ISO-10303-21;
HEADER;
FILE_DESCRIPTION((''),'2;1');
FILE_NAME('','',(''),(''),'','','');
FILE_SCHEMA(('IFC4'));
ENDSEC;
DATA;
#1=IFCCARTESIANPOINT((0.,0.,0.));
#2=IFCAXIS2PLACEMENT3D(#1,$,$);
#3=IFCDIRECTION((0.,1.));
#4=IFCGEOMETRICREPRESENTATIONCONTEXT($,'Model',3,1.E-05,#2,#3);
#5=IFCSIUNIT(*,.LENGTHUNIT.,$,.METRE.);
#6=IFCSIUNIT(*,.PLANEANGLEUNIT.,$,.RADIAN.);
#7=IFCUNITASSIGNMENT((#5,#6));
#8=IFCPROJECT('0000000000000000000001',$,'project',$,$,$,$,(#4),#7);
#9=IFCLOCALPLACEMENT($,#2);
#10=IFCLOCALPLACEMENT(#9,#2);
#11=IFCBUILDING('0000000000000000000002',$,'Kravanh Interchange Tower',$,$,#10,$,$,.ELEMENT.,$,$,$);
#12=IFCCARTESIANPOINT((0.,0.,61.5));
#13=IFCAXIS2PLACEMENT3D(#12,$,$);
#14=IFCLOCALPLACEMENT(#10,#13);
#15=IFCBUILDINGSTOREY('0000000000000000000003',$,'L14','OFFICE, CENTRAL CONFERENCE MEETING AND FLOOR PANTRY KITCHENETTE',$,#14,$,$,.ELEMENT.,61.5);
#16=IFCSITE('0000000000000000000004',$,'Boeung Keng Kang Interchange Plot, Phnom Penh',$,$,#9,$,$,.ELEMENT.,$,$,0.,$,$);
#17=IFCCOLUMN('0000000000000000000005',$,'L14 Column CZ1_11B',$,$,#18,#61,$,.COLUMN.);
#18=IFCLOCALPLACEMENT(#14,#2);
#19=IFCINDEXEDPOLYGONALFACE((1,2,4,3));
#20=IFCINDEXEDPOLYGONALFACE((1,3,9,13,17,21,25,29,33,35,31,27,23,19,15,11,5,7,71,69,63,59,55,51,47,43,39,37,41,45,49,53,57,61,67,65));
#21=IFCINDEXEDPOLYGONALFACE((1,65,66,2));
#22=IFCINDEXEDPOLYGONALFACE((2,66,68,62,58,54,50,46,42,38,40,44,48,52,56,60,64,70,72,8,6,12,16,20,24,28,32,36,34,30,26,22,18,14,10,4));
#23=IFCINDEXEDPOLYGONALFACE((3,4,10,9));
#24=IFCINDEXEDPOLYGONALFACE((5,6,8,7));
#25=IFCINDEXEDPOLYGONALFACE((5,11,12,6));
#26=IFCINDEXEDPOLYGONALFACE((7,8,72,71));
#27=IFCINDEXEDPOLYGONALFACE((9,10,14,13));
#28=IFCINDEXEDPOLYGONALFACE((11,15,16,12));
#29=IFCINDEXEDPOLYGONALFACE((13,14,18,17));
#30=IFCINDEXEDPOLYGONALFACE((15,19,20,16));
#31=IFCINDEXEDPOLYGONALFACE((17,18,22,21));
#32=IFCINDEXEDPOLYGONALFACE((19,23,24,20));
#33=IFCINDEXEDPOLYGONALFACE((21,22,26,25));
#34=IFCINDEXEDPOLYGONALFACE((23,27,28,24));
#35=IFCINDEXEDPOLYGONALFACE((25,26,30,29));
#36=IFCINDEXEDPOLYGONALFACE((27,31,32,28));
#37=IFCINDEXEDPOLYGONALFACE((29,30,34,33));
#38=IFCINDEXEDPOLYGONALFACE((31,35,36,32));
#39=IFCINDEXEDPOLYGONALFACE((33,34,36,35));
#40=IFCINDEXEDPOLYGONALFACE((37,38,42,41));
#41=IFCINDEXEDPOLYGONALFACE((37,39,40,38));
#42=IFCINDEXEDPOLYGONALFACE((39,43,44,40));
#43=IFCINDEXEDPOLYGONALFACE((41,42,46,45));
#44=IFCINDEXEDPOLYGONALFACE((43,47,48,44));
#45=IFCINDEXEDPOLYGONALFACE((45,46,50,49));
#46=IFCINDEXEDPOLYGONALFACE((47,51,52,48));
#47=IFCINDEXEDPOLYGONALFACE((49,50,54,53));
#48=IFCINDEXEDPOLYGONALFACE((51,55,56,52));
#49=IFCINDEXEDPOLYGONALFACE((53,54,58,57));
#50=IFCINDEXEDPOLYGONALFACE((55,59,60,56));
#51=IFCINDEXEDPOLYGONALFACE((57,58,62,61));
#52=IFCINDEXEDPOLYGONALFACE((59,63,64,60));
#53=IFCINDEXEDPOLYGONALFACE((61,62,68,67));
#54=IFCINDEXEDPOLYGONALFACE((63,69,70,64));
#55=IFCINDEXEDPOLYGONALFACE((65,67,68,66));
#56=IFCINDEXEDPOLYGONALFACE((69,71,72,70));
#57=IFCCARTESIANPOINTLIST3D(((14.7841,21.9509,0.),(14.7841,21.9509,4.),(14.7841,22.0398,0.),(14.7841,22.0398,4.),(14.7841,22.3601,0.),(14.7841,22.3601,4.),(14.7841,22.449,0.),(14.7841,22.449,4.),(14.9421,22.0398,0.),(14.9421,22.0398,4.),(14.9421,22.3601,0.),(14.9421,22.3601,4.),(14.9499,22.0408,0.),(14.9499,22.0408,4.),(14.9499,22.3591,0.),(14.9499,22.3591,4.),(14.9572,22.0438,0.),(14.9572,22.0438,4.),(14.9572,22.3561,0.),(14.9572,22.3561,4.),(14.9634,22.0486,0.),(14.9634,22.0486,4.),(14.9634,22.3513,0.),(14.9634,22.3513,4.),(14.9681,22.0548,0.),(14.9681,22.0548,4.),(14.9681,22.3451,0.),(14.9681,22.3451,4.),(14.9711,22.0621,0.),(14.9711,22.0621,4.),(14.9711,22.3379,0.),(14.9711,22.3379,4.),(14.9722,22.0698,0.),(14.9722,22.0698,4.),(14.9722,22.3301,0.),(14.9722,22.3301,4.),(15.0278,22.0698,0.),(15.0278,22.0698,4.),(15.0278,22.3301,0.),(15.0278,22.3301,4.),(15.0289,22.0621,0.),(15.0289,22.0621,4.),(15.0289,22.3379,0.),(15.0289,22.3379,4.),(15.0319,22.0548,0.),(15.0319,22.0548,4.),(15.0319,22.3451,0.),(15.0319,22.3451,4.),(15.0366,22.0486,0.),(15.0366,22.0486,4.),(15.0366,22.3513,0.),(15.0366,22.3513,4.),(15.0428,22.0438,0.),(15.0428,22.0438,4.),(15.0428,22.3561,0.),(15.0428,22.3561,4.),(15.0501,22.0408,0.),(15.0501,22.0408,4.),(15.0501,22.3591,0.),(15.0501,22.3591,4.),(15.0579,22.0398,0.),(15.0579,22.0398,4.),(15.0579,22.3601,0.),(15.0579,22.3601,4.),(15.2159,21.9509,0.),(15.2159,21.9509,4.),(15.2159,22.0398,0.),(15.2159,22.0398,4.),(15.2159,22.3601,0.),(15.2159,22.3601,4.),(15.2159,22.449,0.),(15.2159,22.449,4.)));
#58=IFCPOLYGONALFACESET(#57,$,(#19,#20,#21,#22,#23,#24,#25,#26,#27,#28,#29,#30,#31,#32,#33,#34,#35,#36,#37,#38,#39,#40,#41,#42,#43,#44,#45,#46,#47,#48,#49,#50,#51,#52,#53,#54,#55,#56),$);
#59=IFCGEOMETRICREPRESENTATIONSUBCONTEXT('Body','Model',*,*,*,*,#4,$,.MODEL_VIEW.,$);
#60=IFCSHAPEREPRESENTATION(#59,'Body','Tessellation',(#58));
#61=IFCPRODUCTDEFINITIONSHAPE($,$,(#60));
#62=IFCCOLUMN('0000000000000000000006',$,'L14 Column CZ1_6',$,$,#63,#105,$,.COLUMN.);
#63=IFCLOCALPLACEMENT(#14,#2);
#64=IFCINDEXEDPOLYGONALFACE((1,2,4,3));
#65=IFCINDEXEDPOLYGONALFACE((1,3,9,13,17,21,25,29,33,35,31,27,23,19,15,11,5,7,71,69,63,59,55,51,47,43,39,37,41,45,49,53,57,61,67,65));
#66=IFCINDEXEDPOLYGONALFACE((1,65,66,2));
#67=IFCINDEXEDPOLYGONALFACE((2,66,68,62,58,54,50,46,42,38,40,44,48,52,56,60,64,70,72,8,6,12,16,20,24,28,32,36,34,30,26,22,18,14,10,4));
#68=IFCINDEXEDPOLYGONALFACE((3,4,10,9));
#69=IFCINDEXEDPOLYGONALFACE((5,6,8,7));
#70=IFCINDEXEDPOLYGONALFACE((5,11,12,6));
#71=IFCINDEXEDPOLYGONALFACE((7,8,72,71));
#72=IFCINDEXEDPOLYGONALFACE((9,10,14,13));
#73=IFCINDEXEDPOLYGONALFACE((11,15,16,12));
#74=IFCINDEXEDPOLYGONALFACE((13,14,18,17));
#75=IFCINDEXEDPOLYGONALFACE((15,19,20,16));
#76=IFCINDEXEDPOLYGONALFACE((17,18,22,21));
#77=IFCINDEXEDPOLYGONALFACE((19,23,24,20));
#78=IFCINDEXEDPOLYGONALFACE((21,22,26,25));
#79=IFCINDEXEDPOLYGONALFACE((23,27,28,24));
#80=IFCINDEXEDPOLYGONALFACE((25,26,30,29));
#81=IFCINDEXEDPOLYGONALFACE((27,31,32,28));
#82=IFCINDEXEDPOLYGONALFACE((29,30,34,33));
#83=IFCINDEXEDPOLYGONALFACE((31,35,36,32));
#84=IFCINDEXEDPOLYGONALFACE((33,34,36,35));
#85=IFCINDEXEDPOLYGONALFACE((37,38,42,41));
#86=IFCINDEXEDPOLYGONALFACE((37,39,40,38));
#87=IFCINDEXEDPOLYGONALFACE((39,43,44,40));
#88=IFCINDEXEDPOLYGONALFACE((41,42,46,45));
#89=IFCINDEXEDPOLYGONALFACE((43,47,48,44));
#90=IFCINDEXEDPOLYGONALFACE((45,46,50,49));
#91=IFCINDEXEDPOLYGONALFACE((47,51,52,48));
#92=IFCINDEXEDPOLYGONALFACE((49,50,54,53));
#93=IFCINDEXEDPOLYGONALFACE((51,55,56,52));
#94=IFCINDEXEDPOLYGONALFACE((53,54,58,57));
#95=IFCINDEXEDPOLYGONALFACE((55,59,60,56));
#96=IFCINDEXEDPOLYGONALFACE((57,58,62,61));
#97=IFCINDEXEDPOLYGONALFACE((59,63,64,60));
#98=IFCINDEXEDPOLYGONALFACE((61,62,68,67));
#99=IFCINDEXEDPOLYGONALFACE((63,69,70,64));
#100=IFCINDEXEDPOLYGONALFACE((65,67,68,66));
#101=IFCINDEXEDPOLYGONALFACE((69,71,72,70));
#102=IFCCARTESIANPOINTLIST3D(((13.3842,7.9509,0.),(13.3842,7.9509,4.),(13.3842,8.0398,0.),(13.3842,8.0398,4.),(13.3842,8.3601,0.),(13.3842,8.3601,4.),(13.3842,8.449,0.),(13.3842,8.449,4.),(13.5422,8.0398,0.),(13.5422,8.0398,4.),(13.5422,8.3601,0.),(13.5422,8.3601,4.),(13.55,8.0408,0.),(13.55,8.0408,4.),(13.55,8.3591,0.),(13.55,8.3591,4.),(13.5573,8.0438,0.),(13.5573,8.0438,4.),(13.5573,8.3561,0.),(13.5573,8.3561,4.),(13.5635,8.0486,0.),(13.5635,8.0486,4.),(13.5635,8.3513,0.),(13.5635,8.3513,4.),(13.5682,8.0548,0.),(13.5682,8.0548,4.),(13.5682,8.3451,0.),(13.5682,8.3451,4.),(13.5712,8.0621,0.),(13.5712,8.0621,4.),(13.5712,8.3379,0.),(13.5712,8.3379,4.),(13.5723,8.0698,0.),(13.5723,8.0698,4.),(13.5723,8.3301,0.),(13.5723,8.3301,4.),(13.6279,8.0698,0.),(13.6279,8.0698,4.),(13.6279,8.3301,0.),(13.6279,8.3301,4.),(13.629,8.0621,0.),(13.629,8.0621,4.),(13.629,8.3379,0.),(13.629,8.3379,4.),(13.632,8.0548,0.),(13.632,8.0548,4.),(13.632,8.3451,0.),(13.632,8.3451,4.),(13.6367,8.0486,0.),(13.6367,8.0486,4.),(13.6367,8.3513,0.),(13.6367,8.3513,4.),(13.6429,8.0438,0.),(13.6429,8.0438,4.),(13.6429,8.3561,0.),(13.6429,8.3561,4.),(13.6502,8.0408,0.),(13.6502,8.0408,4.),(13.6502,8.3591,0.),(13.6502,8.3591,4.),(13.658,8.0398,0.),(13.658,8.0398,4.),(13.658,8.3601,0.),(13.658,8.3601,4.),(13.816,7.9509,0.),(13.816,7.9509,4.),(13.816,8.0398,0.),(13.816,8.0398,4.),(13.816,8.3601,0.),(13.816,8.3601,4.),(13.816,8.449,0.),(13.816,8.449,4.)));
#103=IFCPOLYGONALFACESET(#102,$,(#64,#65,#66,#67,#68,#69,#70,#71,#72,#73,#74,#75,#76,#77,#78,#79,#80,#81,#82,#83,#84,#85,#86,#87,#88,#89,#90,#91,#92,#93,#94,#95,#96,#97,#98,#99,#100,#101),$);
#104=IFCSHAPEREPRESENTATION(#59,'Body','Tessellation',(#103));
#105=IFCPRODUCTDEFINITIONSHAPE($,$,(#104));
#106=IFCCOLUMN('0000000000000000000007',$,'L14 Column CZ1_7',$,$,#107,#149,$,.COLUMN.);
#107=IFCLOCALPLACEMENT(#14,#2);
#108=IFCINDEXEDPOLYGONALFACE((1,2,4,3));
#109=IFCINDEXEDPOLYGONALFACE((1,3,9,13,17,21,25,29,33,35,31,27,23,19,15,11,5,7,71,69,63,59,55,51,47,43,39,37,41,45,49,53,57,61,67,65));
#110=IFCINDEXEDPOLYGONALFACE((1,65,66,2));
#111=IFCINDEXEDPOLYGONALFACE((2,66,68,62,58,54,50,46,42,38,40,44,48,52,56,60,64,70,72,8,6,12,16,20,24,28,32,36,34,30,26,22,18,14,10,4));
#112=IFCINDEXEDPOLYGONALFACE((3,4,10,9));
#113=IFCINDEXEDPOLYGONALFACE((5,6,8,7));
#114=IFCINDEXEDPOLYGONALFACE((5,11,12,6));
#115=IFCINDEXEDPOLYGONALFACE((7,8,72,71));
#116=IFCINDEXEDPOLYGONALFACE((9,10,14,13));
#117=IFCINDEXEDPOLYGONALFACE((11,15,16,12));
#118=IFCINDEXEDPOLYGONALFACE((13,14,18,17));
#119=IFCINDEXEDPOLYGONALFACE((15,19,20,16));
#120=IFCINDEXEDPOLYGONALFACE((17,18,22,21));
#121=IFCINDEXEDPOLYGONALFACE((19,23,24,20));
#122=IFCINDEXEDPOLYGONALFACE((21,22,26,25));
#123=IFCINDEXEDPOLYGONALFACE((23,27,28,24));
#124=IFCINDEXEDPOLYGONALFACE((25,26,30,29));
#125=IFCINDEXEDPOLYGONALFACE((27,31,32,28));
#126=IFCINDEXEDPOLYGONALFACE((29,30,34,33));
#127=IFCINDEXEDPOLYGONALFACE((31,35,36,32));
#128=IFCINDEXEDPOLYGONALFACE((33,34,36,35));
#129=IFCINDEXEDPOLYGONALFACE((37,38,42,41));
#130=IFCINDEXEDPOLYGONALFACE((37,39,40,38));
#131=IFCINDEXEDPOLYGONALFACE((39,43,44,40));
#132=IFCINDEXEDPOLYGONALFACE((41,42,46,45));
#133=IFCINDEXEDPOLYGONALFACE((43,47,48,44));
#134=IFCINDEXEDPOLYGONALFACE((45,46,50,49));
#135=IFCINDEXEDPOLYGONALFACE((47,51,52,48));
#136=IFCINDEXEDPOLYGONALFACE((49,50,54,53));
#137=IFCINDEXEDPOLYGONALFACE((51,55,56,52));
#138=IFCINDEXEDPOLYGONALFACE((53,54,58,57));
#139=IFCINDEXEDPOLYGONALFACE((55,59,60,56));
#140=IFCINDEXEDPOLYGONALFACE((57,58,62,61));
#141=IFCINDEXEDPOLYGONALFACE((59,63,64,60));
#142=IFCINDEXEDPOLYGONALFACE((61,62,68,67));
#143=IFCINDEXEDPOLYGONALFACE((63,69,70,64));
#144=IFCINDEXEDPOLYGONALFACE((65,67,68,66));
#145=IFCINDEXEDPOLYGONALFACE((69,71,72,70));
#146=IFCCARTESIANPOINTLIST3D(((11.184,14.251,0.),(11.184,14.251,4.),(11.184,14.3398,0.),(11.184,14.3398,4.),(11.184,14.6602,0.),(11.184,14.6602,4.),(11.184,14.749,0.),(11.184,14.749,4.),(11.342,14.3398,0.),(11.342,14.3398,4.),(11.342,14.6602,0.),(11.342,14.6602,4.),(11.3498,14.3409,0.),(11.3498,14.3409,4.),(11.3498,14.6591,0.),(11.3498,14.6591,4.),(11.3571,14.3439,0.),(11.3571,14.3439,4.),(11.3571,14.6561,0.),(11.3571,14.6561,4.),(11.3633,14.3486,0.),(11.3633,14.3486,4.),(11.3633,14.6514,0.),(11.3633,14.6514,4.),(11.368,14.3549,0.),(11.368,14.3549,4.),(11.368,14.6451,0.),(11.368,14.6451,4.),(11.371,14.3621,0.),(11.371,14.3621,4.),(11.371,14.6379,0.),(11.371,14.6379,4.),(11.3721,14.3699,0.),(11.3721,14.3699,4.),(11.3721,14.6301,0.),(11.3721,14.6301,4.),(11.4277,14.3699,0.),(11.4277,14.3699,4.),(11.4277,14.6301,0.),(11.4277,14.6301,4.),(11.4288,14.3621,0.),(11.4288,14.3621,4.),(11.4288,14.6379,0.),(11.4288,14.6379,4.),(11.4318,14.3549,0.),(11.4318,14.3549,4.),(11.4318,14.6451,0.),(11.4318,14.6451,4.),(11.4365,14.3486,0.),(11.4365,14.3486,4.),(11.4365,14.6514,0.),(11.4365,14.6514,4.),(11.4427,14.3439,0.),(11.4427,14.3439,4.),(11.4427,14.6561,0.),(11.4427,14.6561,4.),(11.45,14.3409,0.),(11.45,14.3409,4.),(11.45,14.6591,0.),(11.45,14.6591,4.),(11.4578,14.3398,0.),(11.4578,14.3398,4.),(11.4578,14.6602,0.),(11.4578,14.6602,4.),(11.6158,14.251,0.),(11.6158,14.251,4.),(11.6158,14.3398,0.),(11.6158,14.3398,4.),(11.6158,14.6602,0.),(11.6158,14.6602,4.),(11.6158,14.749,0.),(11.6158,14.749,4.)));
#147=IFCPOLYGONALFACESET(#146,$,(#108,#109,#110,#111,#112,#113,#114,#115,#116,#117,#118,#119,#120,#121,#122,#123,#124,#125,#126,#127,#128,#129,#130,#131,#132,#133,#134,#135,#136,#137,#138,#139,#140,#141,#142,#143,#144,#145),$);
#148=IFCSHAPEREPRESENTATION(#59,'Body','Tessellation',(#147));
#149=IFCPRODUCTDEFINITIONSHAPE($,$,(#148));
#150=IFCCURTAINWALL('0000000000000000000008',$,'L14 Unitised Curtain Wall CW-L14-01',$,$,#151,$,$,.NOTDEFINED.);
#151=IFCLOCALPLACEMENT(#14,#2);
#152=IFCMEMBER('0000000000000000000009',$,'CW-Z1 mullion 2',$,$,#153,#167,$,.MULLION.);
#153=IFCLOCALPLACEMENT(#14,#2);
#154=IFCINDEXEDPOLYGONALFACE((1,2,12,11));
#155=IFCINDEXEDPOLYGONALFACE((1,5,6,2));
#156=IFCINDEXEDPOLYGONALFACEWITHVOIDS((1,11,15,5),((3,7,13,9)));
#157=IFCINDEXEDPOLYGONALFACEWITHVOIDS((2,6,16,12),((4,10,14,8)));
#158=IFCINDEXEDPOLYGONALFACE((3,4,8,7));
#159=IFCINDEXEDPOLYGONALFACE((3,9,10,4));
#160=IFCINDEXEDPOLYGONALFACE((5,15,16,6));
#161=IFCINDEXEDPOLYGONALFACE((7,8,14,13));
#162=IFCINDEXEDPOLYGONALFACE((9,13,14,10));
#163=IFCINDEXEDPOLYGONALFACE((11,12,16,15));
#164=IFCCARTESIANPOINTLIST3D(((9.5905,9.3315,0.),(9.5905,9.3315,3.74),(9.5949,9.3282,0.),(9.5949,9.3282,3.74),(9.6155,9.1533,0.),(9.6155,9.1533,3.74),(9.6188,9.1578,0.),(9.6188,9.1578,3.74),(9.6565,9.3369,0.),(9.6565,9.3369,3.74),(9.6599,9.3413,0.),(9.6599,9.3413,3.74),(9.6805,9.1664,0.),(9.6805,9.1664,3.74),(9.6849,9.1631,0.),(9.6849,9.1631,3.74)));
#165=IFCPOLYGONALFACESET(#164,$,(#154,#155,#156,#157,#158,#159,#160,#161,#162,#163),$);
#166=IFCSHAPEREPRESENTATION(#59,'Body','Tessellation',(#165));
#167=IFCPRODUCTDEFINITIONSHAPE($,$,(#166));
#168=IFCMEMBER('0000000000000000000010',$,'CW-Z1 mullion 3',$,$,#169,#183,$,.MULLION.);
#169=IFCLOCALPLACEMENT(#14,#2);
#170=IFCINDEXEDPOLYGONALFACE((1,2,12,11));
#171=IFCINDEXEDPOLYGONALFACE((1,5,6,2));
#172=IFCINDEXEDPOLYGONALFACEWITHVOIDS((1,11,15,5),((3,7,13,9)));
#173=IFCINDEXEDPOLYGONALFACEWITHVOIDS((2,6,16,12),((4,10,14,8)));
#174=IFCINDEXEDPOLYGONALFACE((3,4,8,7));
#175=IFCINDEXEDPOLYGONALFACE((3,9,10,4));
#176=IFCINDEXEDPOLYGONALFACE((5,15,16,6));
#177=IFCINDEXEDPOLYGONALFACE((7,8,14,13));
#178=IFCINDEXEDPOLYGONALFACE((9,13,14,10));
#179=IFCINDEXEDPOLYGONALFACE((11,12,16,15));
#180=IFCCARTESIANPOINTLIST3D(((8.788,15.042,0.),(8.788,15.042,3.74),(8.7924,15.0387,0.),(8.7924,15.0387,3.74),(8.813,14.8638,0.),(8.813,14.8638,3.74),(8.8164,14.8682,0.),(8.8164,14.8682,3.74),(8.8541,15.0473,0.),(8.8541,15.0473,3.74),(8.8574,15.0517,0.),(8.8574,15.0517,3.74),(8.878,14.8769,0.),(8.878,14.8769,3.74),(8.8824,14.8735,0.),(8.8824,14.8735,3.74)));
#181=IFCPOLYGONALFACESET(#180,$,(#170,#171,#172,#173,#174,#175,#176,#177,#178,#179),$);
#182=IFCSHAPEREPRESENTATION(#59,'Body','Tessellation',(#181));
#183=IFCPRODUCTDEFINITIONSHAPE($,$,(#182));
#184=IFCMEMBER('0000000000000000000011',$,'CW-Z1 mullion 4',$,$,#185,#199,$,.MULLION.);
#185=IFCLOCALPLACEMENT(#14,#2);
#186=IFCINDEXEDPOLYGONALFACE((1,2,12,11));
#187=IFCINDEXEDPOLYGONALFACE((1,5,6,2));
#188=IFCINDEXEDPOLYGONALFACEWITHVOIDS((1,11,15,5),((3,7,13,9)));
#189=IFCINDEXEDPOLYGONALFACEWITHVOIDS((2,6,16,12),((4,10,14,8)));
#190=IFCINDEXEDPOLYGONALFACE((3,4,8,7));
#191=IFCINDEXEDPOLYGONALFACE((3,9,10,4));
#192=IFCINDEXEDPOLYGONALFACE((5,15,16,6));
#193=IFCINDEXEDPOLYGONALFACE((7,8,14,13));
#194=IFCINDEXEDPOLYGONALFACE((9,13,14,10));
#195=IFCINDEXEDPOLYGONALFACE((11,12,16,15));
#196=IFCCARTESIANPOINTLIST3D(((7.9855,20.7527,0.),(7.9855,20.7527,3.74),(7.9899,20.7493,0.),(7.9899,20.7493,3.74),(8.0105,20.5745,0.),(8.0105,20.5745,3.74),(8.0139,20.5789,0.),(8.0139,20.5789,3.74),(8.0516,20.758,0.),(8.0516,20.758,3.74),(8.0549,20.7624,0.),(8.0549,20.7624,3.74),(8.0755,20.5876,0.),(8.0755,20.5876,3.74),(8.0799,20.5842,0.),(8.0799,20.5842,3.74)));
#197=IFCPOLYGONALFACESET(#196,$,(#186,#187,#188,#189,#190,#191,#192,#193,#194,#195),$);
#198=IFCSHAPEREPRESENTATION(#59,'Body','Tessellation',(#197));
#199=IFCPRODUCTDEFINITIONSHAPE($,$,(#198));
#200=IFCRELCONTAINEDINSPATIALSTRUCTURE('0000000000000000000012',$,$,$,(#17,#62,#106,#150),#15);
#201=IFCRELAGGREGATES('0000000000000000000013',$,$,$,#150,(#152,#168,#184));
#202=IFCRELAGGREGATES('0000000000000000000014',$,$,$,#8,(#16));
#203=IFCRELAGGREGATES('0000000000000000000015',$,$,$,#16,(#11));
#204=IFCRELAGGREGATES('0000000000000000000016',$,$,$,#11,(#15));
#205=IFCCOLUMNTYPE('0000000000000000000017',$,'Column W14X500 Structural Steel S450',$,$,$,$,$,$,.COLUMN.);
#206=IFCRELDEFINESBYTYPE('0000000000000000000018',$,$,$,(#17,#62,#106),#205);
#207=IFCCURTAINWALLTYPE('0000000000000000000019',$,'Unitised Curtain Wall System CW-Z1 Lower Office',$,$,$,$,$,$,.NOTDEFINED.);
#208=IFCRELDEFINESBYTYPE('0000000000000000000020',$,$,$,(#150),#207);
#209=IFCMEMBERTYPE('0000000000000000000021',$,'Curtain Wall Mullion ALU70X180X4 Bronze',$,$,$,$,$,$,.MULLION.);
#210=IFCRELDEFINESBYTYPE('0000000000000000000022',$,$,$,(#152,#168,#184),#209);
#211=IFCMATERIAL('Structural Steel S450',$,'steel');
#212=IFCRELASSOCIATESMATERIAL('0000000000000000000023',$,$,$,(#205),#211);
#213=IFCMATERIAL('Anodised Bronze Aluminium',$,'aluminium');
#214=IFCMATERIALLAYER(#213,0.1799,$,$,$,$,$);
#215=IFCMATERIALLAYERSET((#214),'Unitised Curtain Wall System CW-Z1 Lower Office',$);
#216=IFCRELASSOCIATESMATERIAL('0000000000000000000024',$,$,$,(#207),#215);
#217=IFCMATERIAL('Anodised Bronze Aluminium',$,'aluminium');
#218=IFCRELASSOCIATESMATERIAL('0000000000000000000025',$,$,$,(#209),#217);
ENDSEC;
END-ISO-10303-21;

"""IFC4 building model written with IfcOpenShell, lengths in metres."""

from ifc_helpers import new_model, si_unit, direction, frame, origin, origin_2d, place, context, subcontext, project, spatial, hollow_rectangle, i_section, extrude, material, layer, layer_set, material_profile, profile_set, type_object, element, aggregate, save


model = new_model("IFC4")

# Units and contexts
model_context = context("Model", 3, precision=1e-05, world=origin(), true_north=direction((0.0, 1.0)))
body_context = subcontext(model_context, "Body", "Model", "MODEL_VIEW")
ifc_project = project(units=[si_unit("LENGTHUNIT", "METRE"), si_unit("PLANEANGLEUNIT", "RADIAN")], contexts=[model_context])

# Site, building, storey
site_placement = place(None, origin())
site = spatial("IfcSite", under=ifc_project, at=site_placement, Name="Boeung Keng Kang Interchange Plot, Phnom Penh", CompositionType="ELEMENT", RefElevation=0.0)
building_placement = place(site_placement, origin())
building = spatial("IfcBuilding", under=site, at=building_placement, Name="Kravanh Interchange Tower", CompositionType="ELEMENT")
storey_placement = place(building_placement, frame((0.0, 0.0, 61.5)))
storey = spatial("IfcBuildingStorey", under=building, at=storey_placement, Name="L14", Description="OFFICE, CENTRAL CONFERENCE MEETING AND FLOOR PANTRY KITCHENETTE", CompositionType="ELEMENT", Elevation=61.5)

# Columns
ifc_material_1 = material(Name="Structural Steel S450", Category="steel")
ifc_material_profile_1 = material_profile(ifc_material_1, i_section(OverallWidth=0.4319, OverallDepth=0.498, WebThickness=0.0557, FlangeThickness=0.0889, FilletRadius=0.03, at=origin_2d()), Name="W14X500")
ifc_profile_set_1 = profile_set([ifc_material_profile_1], Name="Structural Steel S450")
column_type = type_object("IfcColumnType", Name="Column W14X500 Structural Steel S450", PredefinedType="COLUMN", material=ifc_profile_set_1)
for number, where, z_axis, x_axis, name in (
    (1, (15.0, 22.2, 0.0), (0.0, 0.0, 1.0), (1.0, 0.0, 0.0), "L14 Column CZ1_11B"),
    (2, (13.6001, 8.2, 0.0), (0.0, 0.0, 1.0), (1.0, 0.0, 0.0), "L14 Column CZ1_6"),
    (3, (11.3999, 14.5, 0.0), (0.0, 0.0, 1.0), (1.0, 0.0, 0.0), "L14 Column CZ1_7"),
):
    element("IfcColumn", number, at=place(storey_placement, frame(where, z_axis=z_axis, x_axis=x_axis)), inside=storey, type_object=column_type, Name=name, PredefinedType="COLUMN", context=body_context, shape_type="SweptSolid", body=[
        extrude(i_section(OverallWidth=0.4319, OverallDepth=0.498, WebThickness=0.0557, FlangeThickness=0.0889, FilletRadius=0.03, at=origin_2d()), origin(), (0.0, 0.0, 1.0), 4.0),
    ])

# Curtain wall, members
ifc_material_2 = material(Name="Anodised Bronze Aluminium", Category="aluminium")
ifc_layer_1 = layer(ifc_material_2, 0.1799)
ifc_layer_set_1 = layer_set([ifc_layer_1], Name="Unitised Curtain Wall System CW-Z1 Lower Office")
curtain_wall_type = type_object("IfcCurtainWallType", Name="Unitised Curtain Wall System CW-Z1 Lower Office", PredefinedType="NOTDEFINED", material=ifc_layer_set_1)
curtain_wall_placement = place(storey_placement, origin())
curtain_wall = element("IfcCurtainWall", 4, at=curtain_wall_placement, inside=storey, type_object=curtain_wall_type, Name="L14 Unitised Curtain Wall CW-L14-01", PredefinedType="NOTDEFINED")
ifc_material_3 = material(Name="Anodised Bronze Aluminium", Category="aluminium")
ifc_material_profile_2 = material_profile(ifc_material_3, hollow_rectangle(XDim=0.0701, YDim=0.1799, WallThickness=0.0039, at=origin_2d()), Name="ALU70X180X4")
ifc_profile_set_2 = profile_set([ifc_material_profile_2], Name="Anodised Bronze Aluminium")
member_type_1 = type_object("IfcMemberType", Name="Curtain Wall Mullion ALU70X180X4 Bronze", PredefinedType="MULLION", material=ifc_profile_set_2)
member_1_placement = place(storey_placement, frame((9.6377, 9.2473, 0.0), z_axis=(0.0, 0.0, 1.0), x_axis=(-0.990268, -0.139177, 0.0)))
member_1 = element("IfcMember", 5, at=member_1_placement, type_object=member_type_1, Name="CW-Z1 mullion 2", PredefinedType="MULLION", context=body_context, shape_type="SweptSolid", body=[
    extrude(hollow_rectangle(XDim=0.0701, YDim=0.1799, WallThickness=0.0039, at=origin_2d()), origin(), (0.0, 0.0, 1.0), 3.74),
])
member_2_placement = place(storey_placement, frame((8.8352, 14.9578, 0.0), z_axis=(0.0, 0.0, 1.0), x_axis=(-0.990268, -0.139177, 0.0)))
member_2 = element("IfcMember", 6, at=member_2_placement, type_object=member_type_1, Name="CW-Z1 mullion 3", PredefinedType="MULLION", context=body_context, shape_type="SweptSolid", body=[
    extrude(hollow_rectangle(XDim=0.0701, YDim=0.1799, WallThickness=0.0039, at=origin_2d()), origin(), (0.0, 0.0, 1.0), 3.74),
])
member_3_placement = place(storey_placement, frame((8.0327, 20.6685, 0.0), z_axis=(0.0, 0.0, 1.0), x_axis=(-0.990268, -0.139177, 0.0)))
member_3 = element("IfcMember", 7, at=member_3_placement, type_object=member_type_1, Name="CW-Z1 mullion 4", PredefinedType="MULLION", context=body_context, shape_type="SweptSolid", body=[
    extrude(hollow_rectangle(XDim=0.0701, YDim=0.1799, WallThickness=0.0039, at=origin_2d()), origin(), (0.0, 0.0, 1.0), 3.74),
])

aggregate(curtain_wall, [member_1, member_2, member_3])

save(model, "model.ifc")
